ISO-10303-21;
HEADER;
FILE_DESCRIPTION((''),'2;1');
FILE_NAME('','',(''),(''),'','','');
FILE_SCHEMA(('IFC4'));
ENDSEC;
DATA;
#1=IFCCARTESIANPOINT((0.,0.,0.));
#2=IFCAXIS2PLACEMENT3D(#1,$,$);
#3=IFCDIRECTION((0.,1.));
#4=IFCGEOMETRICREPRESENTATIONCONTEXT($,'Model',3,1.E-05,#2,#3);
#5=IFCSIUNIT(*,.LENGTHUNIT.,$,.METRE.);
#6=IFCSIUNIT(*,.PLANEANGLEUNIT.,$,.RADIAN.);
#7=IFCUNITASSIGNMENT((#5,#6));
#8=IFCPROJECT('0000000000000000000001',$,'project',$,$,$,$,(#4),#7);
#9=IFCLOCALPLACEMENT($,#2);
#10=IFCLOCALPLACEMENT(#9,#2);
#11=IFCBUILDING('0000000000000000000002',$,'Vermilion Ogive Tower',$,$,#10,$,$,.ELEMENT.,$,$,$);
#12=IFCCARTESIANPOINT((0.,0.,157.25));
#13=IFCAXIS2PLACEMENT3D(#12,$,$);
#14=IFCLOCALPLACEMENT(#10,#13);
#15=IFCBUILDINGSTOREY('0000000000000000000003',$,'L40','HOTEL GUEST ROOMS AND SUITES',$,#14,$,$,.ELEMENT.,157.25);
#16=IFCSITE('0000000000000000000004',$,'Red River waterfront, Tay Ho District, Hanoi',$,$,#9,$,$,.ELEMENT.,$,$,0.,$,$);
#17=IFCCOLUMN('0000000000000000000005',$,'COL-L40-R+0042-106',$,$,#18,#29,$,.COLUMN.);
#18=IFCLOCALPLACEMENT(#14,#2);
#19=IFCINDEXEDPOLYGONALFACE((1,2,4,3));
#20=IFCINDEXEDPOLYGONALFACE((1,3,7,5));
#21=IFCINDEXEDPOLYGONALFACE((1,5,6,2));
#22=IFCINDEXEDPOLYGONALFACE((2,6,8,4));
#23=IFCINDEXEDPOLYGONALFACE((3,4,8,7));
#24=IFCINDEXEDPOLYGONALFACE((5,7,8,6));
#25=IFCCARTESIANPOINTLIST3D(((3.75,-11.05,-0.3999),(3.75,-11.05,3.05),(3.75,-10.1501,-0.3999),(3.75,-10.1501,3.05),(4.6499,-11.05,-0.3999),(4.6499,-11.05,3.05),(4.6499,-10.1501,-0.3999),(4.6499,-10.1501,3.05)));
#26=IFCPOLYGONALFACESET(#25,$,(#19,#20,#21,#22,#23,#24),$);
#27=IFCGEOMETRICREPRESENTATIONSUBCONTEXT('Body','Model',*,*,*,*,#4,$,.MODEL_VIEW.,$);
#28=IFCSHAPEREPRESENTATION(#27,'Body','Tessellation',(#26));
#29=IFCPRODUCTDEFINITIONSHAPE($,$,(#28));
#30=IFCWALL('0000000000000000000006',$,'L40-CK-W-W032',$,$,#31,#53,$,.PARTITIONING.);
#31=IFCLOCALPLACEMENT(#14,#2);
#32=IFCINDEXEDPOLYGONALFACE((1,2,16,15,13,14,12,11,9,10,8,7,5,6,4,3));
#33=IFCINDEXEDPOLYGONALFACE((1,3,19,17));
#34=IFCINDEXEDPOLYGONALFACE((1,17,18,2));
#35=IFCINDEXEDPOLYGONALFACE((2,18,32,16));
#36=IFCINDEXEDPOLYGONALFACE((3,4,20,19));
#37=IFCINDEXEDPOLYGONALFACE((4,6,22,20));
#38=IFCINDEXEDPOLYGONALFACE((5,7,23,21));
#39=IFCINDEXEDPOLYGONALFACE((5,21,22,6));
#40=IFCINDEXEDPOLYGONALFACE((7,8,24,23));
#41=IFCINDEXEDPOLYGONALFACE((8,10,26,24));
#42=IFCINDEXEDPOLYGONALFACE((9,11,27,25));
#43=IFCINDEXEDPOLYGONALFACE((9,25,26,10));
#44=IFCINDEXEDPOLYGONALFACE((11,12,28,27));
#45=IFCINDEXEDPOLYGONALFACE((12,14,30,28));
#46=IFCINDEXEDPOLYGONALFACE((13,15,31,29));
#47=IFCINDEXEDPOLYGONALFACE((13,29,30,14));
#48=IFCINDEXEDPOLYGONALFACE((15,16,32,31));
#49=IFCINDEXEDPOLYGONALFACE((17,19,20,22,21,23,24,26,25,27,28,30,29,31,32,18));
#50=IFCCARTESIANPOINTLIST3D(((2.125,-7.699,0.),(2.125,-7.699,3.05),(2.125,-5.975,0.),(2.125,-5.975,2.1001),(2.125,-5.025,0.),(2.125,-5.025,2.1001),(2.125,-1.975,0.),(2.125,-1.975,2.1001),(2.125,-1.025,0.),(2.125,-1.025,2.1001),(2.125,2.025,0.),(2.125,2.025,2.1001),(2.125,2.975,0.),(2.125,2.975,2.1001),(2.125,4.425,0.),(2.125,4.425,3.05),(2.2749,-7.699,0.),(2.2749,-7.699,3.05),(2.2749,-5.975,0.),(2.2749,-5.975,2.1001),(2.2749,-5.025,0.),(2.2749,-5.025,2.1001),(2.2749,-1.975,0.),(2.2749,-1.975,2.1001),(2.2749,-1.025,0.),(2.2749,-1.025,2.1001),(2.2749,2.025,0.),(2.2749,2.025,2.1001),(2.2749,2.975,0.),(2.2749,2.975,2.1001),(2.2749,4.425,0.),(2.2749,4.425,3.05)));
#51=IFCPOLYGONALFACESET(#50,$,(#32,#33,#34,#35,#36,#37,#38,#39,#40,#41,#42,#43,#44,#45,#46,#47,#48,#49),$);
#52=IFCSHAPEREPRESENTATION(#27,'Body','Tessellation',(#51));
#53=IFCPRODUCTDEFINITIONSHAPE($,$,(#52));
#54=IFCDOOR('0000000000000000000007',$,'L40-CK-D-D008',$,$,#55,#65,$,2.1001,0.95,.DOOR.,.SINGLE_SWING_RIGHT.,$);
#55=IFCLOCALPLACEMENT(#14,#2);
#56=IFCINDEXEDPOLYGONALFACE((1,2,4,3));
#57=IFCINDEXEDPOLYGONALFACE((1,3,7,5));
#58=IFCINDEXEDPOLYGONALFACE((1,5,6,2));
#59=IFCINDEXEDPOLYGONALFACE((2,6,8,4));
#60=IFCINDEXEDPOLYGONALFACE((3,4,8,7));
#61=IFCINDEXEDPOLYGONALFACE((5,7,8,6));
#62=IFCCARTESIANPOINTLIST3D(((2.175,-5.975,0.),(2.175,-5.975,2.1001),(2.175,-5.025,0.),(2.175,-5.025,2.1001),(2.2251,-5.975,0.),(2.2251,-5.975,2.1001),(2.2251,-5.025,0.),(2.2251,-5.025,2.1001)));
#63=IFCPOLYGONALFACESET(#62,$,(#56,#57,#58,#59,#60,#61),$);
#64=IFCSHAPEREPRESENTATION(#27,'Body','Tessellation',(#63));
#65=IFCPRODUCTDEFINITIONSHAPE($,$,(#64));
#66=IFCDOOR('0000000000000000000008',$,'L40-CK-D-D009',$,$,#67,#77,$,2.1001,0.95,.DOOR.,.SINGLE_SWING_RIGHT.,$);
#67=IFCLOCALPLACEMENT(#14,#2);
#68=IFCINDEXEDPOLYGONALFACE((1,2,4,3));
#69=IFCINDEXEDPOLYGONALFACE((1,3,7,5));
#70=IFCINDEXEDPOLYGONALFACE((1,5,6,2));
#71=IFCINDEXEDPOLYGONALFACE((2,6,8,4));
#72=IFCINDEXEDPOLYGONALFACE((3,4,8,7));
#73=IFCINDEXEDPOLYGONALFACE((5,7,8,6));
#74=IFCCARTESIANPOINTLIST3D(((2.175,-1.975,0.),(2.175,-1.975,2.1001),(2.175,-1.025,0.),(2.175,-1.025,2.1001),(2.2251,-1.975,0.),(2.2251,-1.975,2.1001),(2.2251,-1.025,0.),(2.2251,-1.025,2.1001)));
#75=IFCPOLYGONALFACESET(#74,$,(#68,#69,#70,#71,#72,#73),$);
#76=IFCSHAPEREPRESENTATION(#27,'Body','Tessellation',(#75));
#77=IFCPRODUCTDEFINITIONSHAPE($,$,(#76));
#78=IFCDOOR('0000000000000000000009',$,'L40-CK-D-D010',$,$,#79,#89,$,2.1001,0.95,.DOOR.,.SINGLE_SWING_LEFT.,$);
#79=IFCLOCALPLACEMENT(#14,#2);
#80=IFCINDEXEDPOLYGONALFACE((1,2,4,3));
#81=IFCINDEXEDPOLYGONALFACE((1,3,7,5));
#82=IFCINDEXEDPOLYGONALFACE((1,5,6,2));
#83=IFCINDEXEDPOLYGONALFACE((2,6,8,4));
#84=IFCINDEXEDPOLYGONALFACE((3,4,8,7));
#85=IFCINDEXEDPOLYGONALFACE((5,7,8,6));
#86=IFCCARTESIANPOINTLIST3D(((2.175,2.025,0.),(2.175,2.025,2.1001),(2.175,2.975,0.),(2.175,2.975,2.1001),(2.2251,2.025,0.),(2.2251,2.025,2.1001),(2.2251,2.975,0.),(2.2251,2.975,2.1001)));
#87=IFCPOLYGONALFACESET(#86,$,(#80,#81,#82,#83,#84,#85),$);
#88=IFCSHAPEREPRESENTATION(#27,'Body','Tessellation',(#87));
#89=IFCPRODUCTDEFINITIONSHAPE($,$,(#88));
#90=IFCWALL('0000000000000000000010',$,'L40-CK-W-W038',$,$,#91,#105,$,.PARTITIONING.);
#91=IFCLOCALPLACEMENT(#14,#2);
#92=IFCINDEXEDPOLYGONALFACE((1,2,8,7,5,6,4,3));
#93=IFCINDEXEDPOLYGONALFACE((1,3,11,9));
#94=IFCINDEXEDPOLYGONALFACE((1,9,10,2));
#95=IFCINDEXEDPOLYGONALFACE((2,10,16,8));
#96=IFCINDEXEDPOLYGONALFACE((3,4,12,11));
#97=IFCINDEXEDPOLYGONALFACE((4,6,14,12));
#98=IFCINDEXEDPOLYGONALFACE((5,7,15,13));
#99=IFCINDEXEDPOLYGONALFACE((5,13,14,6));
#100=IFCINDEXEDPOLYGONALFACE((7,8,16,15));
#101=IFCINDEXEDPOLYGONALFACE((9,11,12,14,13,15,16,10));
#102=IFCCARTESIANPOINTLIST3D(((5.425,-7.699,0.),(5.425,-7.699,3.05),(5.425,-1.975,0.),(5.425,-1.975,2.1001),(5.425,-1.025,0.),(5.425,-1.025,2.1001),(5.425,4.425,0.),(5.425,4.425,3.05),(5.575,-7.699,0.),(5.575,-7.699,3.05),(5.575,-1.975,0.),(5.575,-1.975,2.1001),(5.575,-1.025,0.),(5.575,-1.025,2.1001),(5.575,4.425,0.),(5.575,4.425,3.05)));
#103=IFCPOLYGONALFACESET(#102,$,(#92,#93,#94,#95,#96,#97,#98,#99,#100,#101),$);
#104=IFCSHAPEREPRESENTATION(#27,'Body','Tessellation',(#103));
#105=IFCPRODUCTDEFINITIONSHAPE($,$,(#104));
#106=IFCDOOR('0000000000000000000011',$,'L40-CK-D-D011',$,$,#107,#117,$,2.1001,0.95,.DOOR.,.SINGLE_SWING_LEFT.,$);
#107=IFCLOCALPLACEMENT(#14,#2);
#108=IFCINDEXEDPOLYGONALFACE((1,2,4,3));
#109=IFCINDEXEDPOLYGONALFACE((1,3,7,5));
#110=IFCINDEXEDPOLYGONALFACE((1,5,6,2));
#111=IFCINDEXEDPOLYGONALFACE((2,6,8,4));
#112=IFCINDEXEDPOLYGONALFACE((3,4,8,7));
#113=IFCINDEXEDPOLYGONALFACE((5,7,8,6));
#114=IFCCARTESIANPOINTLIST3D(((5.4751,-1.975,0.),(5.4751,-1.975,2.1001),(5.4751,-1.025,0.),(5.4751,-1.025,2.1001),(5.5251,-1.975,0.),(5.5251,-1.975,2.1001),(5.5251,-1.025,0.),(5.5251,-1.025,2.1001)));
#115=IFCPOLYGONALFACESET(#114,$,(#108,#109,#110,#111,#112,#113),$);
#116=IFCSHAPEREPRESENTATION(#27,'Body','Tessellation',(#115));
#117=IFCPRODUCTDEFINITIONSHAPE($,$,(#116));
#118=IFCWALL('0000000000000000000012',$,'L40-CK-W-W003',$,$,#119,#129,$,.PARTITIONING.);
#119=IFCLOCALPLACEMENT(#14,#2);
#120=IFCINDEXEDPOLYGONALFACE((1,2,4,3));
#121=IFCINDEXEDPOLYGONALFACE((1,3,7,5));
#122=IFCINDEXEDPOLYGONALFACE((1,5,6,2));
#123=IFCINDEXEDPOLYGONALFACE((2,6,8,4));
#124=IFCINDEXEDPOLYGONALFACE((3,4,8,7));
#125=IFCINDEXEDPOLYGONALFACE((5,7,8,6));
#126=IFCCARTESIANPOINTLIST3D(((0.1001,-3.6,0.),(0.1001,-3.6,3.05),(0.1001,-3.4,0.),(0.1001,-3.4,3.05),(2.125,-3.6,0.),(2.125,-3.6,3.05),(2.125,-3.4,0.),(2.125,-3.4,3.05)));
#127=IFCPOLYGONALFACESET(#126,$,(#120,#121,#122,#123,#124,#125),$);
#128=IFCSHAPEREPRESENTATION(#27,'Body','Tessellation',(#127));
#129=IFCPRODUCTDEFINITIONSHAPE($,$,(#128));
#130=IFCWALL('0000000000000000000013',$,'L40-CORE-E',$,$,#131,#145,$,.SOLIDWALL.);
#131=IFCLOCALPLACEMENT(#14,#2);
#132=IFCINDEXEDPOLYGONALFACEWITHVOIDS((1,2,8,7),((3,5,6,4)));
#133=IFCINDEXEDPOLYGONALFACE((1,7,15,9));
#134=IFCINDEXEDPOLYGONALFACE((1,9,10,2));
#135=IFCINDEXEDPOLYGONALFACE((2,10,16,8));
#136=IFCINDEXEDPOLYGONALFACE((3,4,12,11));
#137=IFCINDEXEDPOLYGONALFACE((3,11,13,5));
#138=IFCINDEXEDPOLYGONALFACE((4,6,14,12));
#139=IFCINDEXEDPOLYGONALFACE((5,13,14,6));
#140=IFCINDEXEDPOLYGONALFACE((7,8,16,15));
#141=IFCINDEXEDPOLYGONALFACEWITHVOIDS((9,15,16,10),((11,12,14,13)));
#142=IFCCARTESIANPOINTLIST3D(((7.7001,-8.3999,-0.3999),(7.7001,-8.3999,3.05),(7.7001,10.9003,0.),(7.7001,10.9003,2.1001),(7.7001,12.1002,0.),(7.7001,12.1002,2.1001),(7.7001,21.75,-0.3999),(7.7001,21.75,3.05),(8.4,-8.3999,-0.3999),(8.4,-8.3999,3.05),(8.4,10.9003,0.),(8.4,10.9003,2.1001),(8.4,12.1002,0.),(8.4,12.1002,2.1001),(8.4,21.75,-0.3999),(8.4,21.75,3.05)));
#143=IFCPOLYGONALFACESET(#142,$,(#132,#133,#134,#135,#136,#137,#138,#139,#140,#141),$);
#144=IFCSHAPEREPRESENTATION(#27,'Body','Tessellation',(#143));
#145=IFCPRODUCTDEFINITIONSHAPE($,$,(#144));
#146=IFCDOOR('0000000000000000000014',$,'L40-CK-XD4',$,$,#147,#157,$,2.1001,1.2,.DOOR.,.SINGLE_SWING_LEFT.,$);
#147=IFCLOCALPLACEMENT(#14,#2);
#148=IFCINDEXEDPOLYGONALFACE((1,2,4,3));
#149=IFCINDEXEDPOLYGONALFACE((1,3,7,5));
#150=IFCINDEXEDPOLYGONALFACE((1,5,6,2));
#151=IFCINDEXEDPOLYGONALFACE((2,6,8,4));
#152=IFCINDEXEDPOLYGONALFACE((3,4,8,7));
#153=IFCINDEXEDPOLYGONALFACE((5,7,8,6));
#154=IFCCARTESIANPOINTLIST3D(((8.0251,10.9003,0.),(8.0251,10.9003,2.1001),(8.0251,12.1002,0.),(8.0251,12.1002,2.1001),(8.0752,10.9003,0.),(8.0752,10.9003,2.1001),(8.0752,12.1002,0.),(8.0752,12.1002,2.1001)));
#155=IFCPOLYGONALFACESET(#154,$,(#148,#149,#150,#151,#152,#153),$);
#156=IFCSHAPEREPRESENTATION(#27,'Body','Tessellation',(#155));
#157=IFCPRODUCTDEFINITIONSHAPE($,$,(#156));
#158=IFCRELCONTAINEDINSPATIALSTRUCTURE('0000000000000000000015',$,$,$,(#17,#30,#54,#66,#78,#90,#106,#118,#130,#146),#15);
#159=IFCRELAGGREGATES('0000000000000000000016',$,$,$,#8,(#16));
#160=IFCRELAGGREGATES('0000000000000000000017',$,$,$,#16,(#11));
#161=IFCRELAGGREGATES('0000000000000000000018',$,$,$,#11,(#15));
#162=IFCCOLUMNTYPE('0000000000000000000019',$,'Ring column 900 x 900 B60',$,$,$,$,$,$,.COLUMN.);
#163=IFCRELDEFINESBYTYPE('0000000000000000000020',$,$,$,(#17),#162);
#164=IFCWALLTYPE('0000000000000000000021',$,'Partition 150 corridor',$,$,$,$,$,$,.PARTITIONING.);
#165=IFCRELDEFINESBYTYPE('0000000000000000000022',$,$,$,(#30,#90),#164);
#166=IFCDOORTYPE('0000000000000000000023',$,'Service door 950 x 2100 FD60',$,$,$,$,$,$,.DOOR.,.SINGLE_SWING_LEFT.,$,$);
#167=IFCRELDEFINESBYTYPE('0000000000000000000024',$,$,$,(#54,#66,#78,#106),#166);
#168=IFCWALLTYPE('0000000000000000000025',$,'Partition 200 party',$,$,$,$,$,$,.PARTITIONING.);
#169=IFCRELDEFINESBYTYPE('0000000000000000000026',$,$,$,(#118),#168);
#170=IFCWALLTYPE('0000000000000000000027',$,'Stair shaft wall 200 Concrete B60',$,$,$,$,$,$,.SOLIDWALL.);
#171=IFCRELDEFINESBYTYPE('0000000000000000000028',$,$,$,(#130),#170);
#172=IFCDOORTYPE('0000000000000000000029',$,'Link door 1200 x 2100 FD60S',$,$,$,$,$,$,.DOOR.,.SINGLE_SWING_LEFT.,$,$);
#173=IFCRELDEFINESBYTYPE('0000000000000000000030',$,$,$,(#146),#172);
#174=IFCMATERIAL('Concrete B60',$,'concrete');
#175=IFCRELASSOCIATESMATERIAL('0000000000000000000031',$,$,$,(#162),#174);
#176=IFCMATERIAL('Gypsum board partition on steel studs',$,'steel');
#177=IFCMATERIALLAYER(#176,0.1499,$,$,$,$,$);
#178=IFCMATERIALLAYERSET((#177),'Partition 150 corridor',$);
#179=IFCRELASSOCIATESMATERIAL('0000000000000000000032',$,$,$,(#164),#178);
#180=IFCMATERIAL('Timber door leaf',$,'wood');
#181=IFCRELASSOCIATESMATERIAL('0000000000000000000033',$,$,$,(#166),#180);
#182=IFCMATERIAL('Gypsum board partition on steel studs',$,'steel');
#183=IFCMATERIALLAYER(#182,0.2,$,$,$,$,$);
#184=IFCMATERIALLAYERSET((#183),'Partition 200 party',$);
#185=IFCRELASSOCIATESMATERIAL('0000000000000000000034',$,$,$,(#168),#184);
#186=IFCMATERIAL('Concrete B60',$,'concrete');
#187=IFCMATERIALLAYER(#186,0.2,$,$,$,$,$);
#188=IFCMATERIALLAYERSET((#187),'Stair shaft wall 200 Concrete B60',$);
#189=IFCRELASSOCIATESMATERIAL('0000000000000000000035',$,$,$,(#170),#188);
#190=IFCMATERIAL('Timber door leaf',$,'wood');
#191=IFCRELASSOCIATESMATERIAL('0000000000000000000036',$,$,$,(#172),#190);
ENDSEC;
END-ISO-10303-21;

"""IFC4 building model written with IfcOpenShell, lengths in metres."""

from ifc_helpers import new_model, si_unit, direction, frame, frame_2d, origin, origin_2d, place, context, subcontext, project, spatial, rectangle, extrude, material, layer, layer_set, material_profile, profile_set, type_object, element, fill, save


model = new_model("IFC4")

# Units and contexts
model_context = context("Model", 3, precision=1e-05, world=origin(), true_north=direction((0.0, 1.0)))
body_context = subcontext(model_context, "Body", "Model", "MODEL_VIEW")
ifc_project = project(units=[si_unit("LENGTHUNIT", "METRE"), si_unit("PLANEANGLEUNIT", "RADIAN")], contexts=[model_context])

# Site, building, storey
site_placement = place(None, origin())
site = spatial("IfcSite", under=ifc_project, at=site_placement, Name="Red River waterfront, Tay Ho District, Hanoi", CompositionType="ELEMENT", RefElevation=0.0)
building_placement = place(site_placement, origin())
building = spatial("IfcBuilding", under=site, at=building_placement, Name="Vermilion Ogive Tower", CompositionType="ELEMENT")
storey_placement = place(building_placement, frame((0.0, 0.0, 157.25)))
storey = spatial("IfcBuildingStorey", under=building, at=storey_placement, Name="L40", Description="HOTEL GUEST ROOMS AND SUITES", CompositionType="ELEMENT", Elevation=157.25)

# Column
ifc_material_1 = material(Name="Concrete B60", Category="concrete")
ifc_material_profile = material_profile(ifc_material_1, rectangle(XDim=0.8999, YDim=0.8999, at=origin_2d()), Name="900 x 900")
ifc_profile_set = profile_set([ifc_material_profile], Name="Concrete B60")
column_type = type_object("IfcColumnType", Name="Ring column 900 x 900 B60", PredefinedType="COLUMN", material=ifc_profile_set)
column_placement = place(storey_placement, frame((4.2, -10.6001, -0.3999), z_axis=(0.0, 0.0, 1.0), x_axis=(1.0, 0.0, 0.0)))
element("IfcColumn", 1, at=column_placement, inside=storey, type_object=column_type, Name="COL-L40-R+0042-106", PredefinedType="COLUMN", context=body_context, shape_type="SweptSolid", body=[
    extrude(rectangle(XDim=0.8999, YDim=0.8999, at=origin_2d()), origin(), (0.0, 0.0, 1.0), 3.45),
])

# Wall, openings, doors
ifc_material_2 = material(Name="Gypsum board partition on steel studs", Category="steel")
ifc_layer_1 = layer(ifc_material_2, 0.1499)
ifc_layer_set_1 = layer_set([ifc_layer_1], Name="Partition 150 corridor")
wall_type_1 = type_object("IfcWallType", Name="Partition 150 corridor", PredefinedType="PARTITIONING", material=ifc_layer_set_1)
wall_1_placement = place(storey_placement, frame((2.2, -7.699, 0.0), z_axis=(0.0, 0.0, 1.0), x_axis=(0.0, 1.0, 0.0)))
wall_1 = element("IfcWall", 2, at=wall_1_placement, inside=storey, type_object=wall_type_1, Name="L40-CK-W-W032", PredefinedType="PARTITIONING", context=body_context, shape_type="SweptSolid", body=[
    extrude(rectangle(XDim=12.124, YDim=0.1499, at=frame_2d((6.062, 0.0))), origin(), (0.0, 0.0, 1.0), 3.05),
])
opening_1_placement = place(wall_1_placement, frame((1.7239, 0.0, 0.0)))
opening_1 = element("IfcOpeningElement", 3, at=opening_1_placement, cuts=wall_1, PredefinedType="OPENING", context=body_context, shape_type="SweptSolid", body=[
    extrude(rectangle(XDim=0.95, YDim=2.1001, at=frame_2d((0.4751, 1.05))), frame((0.0, 0.085, 0.0), z_axis=(0.0, -1.0, 0.0), x_axis=(1.0, 0.0, 0.0)), (0.0, 0.0, 1.0), 0.1699),
])
opening_2_placement = place(wall_1_placement, frame((5.7239, 0.0, 0.0)))
opening_2 = element("IfcOpeningElement", 4, at=opening_2_placement, cuts=wall_1, PredefinedType="OPENING", context=body_context, shape_type="SweptSolid", body=[
    extrude(rectangle(XDim=0.95, YDim=2.1001, at=frame_2d((0.4751, 1.05))), frame((0.0, 0.085, 0.0), z_axis=(0.0, -1.0, 0.0), x_axis=(1.0, 0.0, 0.0)), (0.0, 0.0, 1.0), 0.1699),
])
opening_3_placement = place(wall_1_placement, frame((9.7239, 0.0, 0.0)))
opening_3 = element("IfcOpeningElement", 5, at=opening_3_placement, cuts=wall_1, PredefinedType="OPENING", context=body_context, shape_type="SweptSolid", body=[
    extrude(rectangle(XDim=0.95, YDim=2.1001, at=frame_2d((0.4751, 1.05))), frame((0.0, 0.085, 0.0), z_axis=(0.0, -1.0, 0.0), x_axis=(1.0, 0.0, 0.0)), (0.0, 0.0, 1.0), 0.1699),
])
ifc_material_3 = material(Name="Timber door leaf", Category="wood")
door_type_1 = type_object("IfcDoorType", Name="Service door 950 x 2100 FD60", OperationType="SINGLE_SWING_LEFT", PredefinedType="DOOR", material=ifc_material_3)
door_1_placement = place(opening_1_placement, origin())
door_1 = element("IfcDoor", 6, at=door_1_placement, inside=storey, type_object=door_type_1, Name="L40-CK-D-D008", OperationType="SINGLE_SWING_RIGHT", OverallHeight=2.1001, OverallWidth=0.95, PredefinedType="DOOR", context=body_context, shape_type="SweptSolid", body=[
    extrude(rectangle(XDim=0.95, YDim=2.1001, at=frame_2d((0.4751, 1.05))), frame((0.0, 0.0249, 0.0), z_axis=(0.0, -1.0, 0.0), x_axis=(1.0, 0.0, 0.0)), (0.0, 0.0, 1.0), 0.05),
])
fill(opening_1, door_1)
door_2_placement = place(opening_2_placement, origin())
door_2 = element("IfcDoor", 7, at=door_2_placement, inside=storey, type_object=door_type_1, Name="L40-CK-D-D009", OperationType="SINGLE_SWING_RIGHT", OverallHeight=2.1001, OverallWidth=0.95, PredefinedType="DOOR", context=body_context, shape_type="SweptSolid", body=[
    extrude(rectangle(XDim=0.95, YDim=2.1001, at=frame_2d((0.4751, 1.05))), frame((0.0, 0.0249, 0.0), z_axis=(0.0, -1.0, 0.0), x_axis=(1.0, 0.0, 0.0)), (0.0, 0.0, 1.0), 0.05),
])
fill(opening_2, door_2)
door_3_placement = place(opening_3_placement, origin())
door_3 = element("IfcDoor", 8, at=door_3_placement, inside=storey, type_object=door_type_1, Name="L40-CK-D-D010", OperationType="SINGLE_SWING_LEFT", OverallHeight=2.1001, OverallWidth=0.95, PredefinedType="DOOR", context=body_context, shape_type="SweptSolid", body=[
    extrude(rectangle(XDim=0.95, YDim=2.1001, at=frame_2d((0.4751, 1.05))), frame((0.0, 0.0249, 0.0), z_axis=(0.0, -1.0, 0.0), x_axis=(1.0, 0.0, 0.0)), (0.0, 0.0, 1.0), 0.05),
])
fill(opening_3, door_3)

# Wall, opening, door
wall_2_placement = place(storey_placement, frame((5.5, -7.699, 0.0), z_axis=(0.0, 0.0, 1.0), x_axis=(0.0, 1.0, 0.0)))
wall_2 = element("IfcWall", 9, at=wall_2_placement, inside=storey, type_object=wall_type_1, Name="L40-CK-W-W038", PredefinedType="PARTITIONING", context=body_context, shape_type="SweptSolid", body=[
    extrude(rectangle(XDim=12.124, YDim=0.1499, at=frame_2d((6.062, 0.0))), origin(), (0.0, 0.0, 1.0), 3.05),
])
opening_4_placement = place(wall_2_placement, frame((5.7239, 0.0, 0.0)))
opening_4 = element("IfcOpeningElement", 10, at=opening_4_placement, cuts=wall_2, PredefinedType="OPENING", context=body_context, shape_type="SweptSolid", body=[
    extrude(rectangle(XDim=0.95, YDim=2.1001, at=frame_2d((0.4751, 1.05))), frame((0.0, 0.085, 0.0), z_axis=(0.0, -1.0, 0.0), x_axis=(1.0, 0.0, 0.0)), (0.0, 0.0, 1.0), 0.1699),
])
door_4_placement = place(opening_4_placement, origin())
door_4 = element("IfcDoor", 11, at=door_4_placement, inside=storey, type_object=door_type_1, Name="L40-CK-D-D011", OperationType="SINGLE_SWING_LEFT", OverallHeight=2.1001, OverallWidth=0.95, PredefinedType="DOOR", context=body_context, shape_type="SweptSolid", body=[
    extrude(rectangle(XDim=0.95, YDim=2.1001, at=frame_2d((0.4751, 1.05))), frame((0.0, 0.0249, 0.0), z_axis=(0.0, -1.0, 0.0), x_axis=(1.0, 0.0, 0.0)), (0.0, 0.0, 1.0), 0.05),
])
fill(opening_4, door_4)

# Wall
ifc_material_4 = material(Name="Gypsum board partition on steel studs", Category="steel")
ifc_layer_2 = layer(ifc_material_4, 0.2)
ifc_layer_set_2 = layer_set([ifc_layer_2], Name="Partition 200 party")
wall_type_2 = type_object("IfcWallType", Name="Partition 200 party", PredefinedType="PARTITIONING", material=ifc_layer_set_2)
wall_3_placement = place(storey_placement, frame((0.1001, -3.5, 0.0), z_axis=(0.0, 0.0, 1.0), x_axis=(1.0, 0.0, 0.0)))
element("IfcWall", 12, at=wall_3_placement, inside=storey, type_object=wall_type_2, Name="L40-CK-W-W003", PredefinedType="PARTITIONING", context=body_context, shape_type="SweptSolid", body=[
    extrude(rectangle(XDim=2.0249, YDim=0.2, at=frame_2d((1.0125, 0.0))), origin(), (0.0, 0.0, 1.0), 3.05),
])

# Wall, opening, door
ifc_material_5 = material(Name="Concrete B60", Category="concrete")
ifc_layer_3 = layer(ifc_material_5, 0.2)
ifc_layer_set_3 = layer_set([ifc_layer_3], Name="Stair shaft wall 200 Concrete B60")
wall_type_3 = type_object("IfcWallType", Name="Stair shaft wall 200 Concrete B60", PredefinedType="SOLIDWALL", material=ifc_layer_set_3)
wall_4_placement = place(storey_placement, frame((8.05, -8.3999, -0.3999), z_axis=(0.0, 0.0, 1.0), x_axis=(0.0, 1.0, 0.0)))
wall_4 = element("IfcWall", 13, at=wall_4_placement, inside=storey, type_object=wall_type_3, Name="L40-CORE-E", PredefinedType="SOLIDWALL", context=body_context, shape_type="SweptSolid", body=[
    extrude(rectangle(XDim=30.1499, YDim=0.7, at=frame_2d((15.075, 0.0))), origin(), (0.0, 0.0, 1.0), 3.45),
])
opening_5_placement = place(wall_4_placement, frame((19.3, 0.0, 0.3999)))
opening_5 = element("IfcOpeningElement", 14, at=opening_5_placement, cuts=wall_4, PredefinedType="OPENING", context=body_context, shape_type="SweptSolid", body=[
    extrude(rectangle(XDim=1.2, YDim=2.1001, at=frame_2d((0.6001, 1.05))), frame((0.0, 0.3599, 0.0), z_axis=(0.0, -1.0, 0.0), x_axis=(1.0, 0.0, 0.0)), (0.0, 0.0, 1.0), 0.72),
])
ifc_material_6 = material(Name="Timber door leaf", Category="wood")
door_type_2 = type_object("IfcDoorType", Name="Link door 1200 x 2100 FD60S", OperationType="SINGLE_SWING_LEFT", PredefinedType="DOOR", material=ifc_material_6)
door_5_placement = place(opening_5_placement, origin())
door_5 = element("IfcDoor", 15, at=door_5_placement, inside=storey, type_object=door_type_2, Name="L40-CK-XD4", OperationType="SINGLE_SWING_LEFT", OverallHeight=2.1001, OverallWidth=1.2, PredefinedType="DOOR", context=body_context, shape_type="SweptSolid", body=[
    extrude(rectangle(XDim=1.2, YDim=2.1001, at=frame_2d((0.6001, 1.05))), frame((0.0, 0.0249, 0.0), z_axis=(0.0, -1.0, 0.0), x_axis=(1.0, 0.0, 0.0)), (0.0, 0.0, 1.0), 0.05),
])
fill(opening_5, door_5)

save(model, "model.ifc")
